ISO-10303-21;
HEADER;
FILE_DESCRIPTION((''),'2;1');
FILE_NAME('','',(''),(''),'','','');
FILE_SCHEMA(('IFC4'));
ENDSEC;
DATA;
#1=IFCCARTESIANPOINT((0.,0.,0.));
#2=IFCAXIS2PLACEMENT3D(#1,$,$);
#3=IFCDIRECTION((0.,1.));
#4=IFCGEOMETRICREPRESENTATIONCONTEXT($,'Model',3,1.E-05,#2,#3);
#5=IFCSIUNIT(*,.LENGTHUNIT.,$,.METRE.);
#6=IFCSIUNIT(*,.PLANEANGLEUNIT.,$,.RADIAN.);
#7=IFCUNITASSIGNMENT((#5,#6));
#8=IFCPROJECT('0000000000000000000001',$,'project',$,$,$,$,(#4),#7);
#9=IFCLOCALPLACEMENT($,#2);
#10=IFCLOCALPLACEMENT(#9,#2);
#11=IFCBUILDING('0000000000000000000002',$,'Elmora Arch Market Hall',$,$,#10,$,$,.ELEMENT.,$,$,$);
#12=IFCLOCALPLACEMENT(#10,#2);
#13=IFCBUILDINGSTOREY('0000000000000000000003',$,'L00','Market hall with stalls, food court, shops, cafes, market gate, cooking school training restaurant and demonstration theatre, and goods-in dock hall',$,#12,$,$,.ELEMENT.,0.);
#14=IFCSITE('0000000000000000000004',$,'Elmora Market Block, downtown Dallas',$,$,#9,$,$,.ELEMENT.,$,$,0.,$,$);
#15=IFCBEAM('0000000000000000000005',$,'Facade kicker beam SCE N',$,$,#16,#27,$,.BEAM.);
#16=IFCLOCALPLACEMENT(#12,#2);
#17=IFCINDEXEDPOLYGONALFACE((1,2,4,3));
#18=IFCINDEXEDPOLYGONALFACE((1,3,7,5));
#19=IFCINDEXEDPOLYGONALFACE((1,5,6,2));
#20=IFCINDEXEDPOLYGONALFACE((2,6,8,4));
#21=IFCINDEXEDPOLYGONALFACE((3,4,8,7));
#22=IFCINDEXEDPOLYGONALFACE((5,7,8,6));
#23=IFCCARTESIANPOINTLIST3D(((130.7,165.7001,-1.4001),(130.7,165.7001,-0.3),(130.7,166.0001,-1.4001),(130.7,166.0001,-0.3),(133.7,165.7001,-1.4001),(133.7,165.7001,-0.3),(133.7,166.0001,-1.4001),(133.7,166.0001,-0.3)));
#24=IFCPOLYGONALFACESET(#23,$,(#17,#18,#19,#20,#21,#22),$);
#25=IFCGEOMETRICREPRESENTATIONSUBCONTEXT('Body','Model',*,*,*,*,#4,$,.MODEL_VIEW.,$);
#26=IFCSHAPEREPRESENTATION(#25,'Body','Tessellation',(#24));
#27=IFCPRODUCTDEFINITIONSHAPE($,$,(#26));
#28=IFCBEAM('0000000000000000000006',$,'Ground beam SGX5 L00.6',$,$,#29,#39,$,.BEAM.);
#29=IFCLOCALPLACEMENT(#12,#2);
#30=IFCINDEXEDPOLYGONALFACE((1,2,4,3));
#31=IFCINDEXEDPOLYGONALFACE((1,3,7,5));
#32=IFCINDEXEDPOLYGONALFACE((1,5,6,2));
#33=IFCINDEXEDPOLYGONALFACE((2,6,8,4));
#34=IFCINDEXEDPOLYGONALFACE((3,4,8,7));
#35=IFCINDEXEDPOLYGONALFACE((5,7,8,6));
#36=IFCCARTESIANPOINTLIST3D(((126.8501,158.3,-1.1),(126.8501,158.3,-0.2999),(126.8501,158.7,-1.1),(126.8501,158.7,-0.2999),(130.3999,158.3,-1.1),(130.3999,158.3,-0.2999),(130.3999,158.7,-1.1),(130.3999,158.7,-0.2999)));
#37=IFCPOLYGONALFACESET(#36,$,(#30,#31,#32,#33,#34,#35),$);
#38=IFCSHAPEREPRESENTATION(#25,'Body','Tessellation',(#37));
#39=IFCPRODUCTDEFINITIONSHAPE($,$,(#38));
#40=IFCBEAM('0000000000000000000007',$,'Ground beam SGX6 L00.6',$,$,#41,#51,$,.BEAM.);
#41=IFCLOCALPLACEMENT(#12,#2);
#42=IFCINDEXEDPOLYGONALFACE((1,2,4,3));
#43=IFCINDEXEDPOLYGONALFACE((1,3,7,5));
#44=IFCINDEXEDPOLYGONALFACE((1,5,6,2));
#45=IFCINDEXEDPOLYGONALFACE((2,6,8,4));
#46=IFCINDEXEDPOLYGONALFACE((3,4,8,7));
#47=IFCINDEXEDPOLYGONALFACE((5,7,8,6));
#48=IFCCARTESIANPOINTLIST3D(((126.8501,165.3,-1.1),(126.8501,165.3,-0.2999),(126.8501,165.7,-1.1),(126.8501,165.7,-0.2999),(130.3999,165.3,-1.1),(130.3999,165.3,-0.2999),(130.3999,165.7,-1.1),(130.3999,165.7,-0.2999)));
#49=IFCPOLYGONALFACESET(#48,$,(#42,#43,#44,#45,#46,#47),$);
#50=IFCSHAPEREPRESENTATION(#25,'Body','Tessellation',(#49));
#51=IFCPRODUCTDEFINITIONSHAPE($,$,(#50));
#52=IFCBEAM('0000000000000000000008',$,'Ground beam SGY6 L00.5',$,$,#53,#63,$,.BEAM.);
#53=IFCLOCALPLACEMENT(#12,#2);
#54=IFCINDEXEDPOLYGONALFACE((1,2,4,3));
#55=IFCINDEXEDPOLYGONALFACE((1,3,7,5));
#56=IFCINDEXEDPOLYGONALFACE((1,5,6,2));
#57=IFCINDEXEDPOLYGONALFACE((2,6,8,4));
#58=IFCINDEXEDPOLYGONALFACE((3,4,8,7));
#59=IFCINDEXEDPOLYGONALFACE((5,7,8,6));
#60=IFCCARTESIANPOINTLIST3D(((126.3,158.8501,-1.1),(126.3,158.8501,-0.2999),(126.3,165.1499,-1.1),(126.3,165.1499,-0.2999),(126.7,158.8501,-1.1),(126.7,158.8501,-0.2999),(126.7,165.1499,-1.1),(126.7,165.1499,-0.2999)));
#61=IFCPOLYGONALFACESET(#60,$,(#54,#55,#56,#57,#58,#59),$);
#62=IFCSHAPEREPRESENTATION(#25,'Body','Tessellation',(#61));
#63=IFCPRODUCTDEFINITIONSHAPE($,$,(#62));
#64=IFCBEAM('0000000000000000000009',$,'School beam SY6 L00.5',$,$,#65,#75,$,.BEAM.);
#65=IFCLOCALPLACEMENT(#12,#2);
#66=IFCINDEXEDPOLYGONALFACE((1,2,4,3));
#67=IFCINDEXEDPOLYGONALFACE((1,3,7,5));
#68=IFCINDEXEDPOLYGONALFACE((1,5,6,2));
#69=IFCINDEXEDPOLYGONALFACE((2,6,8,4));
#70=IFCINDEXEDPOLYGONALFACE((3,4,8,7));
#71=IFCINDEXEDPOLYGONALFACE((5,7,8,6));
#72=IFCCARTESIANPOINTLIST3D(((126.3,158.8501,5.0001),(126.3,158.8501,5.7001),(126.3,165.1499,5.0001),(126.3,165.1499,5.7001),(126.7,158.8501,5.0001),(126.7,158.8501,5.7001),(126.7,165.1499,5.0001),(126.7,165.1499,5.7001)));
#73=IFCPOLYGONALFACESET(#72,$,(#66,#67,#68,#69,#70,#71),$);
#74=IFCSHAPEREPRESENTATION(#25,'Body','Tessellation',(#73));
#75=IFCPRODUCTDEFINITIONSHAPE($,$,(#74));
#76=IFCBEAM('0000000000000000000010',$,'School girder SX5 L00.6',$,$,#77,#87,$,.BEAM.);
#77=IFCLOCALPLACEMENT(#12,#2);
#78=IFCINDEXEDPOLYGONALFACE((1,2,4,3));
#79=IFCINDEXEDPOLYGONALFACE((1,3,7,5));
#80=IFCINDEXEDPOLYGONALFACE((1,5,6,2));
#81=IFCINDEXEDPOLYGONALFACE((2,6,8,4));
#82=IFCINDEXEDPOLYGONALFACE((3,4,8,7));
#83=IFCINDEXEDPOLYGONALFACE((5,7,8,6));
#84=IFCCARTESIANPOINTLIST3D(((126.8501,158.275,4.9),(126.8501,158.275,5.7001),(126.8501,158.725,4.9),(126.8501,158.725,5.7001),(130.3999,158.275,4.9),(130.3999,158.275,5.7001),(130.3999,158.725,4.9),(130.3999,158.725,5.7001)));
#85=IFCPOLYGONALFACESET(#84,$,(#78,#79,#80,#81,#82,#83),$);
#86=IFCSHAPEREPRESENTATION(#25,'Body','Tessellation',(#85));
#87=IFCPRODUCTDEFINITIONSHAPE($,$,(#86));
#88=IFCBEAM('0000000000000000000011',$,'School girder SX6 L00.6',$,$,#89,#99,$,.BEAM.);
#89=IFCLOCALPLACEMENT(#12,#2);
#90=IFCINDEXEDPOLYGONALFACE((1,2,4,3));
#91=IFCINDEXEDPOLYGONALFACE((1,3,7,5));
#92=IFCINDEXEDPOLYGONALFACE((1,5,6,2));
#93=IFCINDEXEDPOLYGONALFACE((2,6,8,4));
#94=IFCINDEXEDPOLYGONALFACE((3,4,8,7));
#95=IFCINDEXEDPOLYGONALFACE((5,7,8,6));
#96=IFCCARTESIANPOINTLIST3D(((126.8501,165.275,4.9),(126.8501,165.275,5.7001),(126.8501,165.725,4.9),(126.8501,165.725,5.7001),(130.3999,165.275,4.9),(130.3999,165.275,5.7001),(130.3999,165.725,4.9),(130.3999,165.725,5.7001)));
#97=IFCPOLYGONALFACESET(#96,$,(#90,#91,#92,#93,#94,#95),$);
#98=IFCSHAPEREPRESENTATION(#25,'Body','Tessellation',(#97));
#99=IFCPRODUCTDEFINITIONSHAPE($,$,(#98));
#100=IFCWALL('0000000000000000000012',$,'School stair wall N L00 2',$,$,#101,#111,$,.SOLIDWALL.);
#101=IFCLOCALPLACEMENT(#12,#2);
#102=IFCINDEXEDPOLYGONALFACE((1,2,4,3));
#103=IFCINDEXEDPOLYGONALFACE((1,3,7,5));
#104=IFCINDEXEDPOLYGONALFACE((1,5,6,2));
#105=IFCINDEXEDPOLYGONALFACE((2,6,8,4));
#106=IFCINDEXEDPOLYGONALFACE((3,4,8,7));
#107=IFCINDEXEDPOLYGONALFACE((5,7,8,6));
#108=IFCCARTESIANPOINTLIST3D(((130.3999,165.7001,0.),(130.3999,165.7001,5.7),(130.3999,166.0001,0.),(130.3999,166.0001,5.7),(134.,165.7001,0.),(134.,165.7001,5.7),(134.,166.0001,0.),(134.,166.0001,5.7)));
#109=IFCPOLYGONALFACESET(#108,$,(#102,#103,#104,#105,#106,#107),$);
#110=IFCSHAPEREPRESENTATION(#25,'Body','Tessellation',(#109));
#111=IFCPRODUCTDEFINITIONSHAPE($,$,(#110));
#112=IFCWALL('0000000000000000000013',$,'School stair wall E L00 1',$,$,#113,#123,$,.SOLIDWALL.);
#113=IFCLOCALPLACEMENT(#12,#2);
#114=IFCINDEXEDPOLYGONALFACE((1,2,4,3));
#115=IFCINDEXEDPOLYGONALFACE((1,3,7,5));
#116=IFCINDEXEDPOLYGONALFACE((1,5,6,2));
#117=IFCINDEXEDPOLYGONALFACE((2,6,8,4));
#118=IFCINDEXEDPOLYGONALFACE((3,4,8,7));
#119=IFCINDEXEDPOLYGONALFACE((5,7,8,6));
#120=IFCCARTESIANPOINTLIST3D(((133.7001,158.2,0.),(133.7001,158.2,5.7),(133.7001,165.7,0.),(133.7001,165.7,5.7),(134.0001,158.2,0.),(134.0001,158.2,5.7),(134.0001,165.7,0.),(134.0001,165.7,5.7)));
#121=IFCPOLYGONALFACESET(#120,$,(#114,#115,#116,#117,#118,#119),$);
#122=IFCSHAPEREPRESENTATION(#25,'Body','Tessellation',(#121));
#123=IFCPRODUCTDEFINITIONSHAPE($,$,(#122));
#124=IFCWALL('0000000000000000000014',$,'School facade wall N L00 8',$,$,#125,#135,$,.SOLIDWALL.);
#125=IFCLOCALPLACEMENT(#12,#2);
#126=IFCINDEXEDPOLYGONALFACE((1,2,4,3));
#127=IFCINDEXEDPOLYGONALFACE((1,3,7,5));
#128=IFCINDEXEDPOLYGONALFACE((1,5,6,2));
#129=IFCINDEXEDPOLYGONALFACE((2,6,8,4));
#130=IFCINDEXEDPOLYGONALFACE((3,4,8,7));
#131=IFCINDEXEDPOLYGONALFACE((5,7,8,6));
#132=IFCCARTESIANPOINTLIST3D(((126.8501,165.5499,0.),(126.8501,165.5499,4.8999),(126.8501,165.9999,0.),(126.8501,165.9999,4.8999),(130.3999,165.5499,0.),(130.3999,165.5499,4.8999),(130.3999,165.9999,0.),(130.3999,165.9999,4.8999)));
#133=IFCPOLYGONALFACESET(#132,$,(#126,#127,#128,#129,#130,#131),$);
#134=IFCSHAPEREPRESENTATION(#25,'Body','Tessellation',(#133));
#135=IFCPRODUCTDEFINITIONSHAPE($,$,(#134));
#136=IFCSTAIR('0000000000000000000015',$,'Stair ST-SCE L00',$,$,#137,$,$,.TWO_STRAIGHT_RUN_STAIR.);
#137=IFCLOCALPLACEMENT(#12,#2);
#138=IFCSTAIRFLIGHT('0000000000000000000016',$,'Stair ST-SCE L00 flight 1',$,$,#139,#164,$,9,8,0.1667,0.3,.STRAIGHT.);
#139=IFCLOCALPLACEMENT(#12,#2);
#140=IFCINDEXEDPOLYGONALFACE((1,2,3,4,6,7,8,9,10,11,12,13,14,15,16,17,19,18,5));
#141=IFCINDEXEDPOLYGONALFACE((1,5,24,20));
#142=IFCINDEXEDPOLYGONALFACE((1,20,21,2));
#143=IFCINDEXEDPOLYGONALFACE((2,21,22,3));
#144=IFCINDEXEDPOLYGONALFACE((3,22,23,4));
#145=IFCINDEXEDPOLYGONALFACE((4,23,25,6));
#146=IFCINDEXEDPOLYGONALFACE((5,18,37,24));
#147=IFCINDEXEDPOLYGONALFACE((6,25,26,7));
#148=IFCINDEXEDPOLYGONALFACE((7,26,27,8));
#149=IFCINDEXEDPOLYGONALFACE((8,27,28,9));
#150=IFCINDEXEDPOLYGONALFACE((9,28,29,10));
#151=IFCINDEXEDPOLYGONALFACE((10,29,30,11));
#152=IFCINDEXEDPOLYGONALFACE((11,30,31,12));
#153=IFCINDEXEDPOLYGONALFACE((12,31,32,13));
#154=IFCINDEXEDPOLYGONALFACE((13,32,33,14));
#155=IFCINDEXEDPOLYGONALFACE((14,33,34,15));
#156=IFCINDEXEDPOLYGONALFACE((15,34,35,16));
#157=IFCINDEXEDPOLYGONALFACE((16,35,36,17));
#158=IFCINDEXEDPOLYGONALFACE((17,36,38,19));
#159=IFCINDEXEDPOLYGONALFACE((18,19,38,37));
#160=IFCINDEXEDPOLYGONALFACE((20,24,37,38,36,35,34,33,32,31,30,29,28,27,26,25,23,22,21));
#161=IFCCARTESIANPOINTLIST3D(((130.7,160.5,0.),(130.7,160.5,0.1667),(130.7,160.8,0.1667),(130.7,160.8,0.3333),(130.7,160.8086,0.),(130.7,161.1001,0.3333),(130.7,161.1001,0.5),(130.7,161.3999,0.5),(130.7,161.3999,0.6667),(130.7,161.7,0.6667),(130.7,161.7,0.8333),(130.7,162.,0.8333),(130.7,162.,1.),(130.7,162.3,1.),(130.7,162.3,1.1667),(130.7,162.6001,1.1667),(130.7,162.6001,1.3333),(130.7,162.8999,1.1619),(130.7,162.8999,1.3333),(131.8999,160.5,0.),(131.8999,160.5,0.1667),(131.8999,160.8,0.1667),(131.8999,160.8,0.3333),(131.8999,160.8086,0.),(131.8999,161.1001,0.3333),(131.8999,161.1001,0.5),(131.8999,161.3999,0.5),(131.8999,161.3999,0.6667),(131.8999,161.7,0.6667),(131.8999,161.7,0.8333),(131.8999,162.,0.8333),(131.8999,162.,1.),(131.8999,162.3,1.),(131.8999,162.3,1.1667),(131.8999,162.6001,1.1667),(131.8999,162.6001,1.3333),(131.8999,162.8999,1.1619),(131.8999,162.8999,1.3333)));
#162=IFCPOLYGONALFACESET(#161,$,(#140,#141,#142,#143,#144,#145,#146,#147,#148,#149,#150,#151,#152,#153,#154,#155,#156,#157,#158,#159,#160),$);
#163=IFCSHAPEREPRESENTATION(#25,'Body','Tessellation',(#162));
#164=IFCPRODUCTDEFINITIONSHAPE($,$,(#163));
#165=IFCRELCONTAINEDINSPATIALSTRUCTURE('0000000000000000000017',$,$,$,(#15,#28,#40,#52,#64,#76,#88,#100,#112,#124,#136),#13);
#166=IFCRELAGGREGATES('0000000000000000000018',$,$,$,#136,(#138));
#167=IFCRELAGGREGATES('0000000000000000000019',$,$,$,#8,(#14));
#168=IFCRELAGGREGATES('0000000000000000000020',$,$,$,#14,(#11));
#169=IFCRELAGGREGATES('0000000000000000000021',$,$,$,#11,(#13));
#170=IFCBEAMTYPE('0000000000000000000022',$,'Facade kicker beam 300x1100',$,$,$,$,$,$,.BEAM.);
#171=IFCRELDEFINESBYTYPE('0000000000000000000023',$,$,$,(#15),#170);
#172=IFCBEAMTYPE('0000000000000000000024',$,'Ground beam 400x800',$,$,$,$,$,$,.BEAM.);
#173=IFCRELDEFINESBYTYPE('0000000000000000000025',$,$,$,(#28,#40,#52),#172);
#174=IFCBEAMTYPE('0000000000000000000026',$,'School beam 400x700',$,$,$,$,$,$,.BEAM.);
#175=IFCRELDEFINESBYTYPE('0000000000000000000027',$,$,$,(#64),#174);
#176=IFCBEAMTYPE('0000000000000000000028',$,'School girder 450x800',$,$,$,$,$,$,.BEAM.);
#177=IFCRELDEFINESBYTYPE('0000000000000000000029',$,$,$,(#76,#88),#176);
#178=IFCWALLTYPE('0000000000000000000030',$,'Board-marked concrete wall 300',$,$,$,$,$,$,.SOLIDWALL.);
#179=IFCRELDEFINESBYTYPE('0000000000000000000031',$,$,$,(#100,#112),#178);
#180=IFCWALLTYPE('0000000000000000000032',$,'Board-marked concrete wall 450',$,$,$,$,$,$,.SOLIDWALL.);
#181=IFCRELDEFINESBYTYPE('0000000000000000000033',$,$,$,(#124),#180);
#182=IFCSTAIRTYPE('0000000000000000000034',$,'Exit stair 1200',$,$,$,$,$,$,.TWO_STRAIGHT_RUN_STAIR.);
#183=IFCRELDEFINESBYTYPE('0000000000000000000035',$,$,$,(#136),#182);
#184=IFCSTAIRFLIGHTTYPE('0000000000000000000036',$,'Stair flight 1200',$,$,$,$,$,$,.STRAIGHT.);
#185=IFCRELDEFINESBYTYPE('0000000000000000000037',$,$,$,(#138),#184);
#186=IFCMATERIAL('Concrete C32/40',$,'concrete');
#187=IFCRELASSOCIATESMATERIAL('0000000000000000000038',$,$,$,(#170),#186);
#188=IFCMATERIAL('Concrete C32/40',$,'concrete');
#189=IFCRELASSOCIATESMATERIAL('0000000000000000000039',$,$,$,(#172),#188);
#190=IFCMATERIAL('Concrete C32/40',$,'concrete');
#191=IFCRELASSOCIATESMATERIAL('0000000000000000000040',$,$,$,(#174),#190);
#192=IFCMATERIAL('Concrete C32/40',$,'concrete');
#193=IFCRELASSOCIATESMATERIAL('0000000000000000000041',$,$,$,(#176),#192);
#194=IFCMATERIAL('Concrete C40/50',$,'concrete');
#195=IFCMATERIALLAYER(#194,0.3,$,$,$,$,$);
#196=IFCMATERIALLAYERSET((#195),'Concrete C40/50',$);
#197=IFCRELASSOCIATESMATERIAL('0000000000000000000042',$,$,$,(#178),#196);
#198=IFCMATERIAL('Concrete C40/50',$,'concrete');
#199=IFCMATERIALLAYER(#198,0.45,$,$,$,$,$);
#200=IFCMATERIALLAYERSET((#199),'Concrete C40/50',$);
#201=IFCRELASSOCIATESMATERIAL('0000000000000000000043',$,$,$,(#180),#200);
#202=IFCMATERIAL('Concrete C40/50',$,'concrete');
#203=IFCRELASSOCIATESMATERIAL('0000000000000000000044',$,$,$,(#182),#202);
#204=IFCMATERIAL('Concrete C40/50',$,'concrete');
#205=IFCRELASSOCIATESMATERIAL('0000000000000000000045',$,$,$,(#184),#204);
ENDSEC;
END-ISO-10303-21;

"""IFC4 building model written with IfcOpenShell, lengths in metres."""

from ifc_helpers import new_model, si_unit, direction, frame, frame_2d, origin, origin_2d, place, context, subcontext, project, spatial, polyline, rectangle, outline, extrude, material, layer, layer_set, material_profile, profile_set, type_object, element, aggregate, save


model = new_model("IFC4")

# Units and contexts
model_context = context("Model", 3, precision=1e-05, world=origin(), true_north=direction((0.0, 1.0)))
body_context = subcontext(model_context, "Body", "Model", "MODEL_VIEW")
ifc_project = project(units=[si_unit("LENGTHUNIT", "METRE"), si_unit("PLANEANGLEUNIT", "RADIAN")], contexts=[model_context])

# Site, building, storey
site_placement = place(None, origin())
site = spatial("IfcSite", under=ifc_project, at=site_placement, Name="Elmora Market Block, downtown Dallas", CompositionType="ELEMENT", RefElevation=0.0)
building_placement = place(site_placement, origin())
building = spatial("IfcBuilding", under=site, at=building_placement, Name="Elmora Arch Market Hall", CompositionType="ELEMENT")
storey_placement = place(building_placement, origin())
storey = spatial("IfcBuildingStorey", under=building, at=storey_placement, Name="L00", Description="Market hall with stalls, food court, shops, cafes, market gate, cooking school training restaurant and demonstration theatre, and goods-in dock hall", CompositionType="ELEMENT", Elevation=0.0)

# Beams
ifc_material_1 = material(Name="Concrete C32/40", Category="concrete")
ifc_material_profile_1 = material_profile(ifc_material_1, rectangle(XDim=0.3, YDim=1.1001, at=origin_2d()), Name="Facade kicker beam 300x1100")
ifc_profile_set_1 = profile_set([ifc_material_profile_1], Name="Concrete C32/40")
beam_type_1 = type_object("IfcBeamType", Name="Facade kicker beam 300x1100", PredefinedType="BEAM", material=ifc_profile_set_1)
beam_1_placement = place(storey_placement, frame((130.7, 165.8501, -0.8501), z_axis=(1.0, 0.0, 0.0), x_axis=(0.0, 1.0, 0.0)))
element("IfcBeam", 1, at=beam_1_placement, inside=storey, type_object=beam_type_1, Name="Facade kicker beam SCE N", PredefinedType="BEAM", context=body_context, shape_type="SweptSolid", body=[
    extrude(rectangle(XDim=0.3, YDim=1.1001, at=origin_2d()), origin(), (0.0, 0.0, 1.0), 3.0),
])
ifc_material_2 = material(Name="Concrete C32/40", Category="concrete")
ifc_material_profile_2 = material_profile(ifc_material_2, rectangle(XDim=0.3999, YDim=0.8, at=origin_2d()), Name="Ground beam 400x800")
ifc_profile_set_2 = profile_set([ifc_material_profile_2], Name="Concrete C32/40")
beam_type_2 = type_object("IfcBeamType", Name="Ground beam 400x800", PredefinedType="BEAM", material=ifc_profile_set_2)
for number, where, z_axis, x_axis, name in (
    (2, (126.8501, 158.5, -0.7), (1.0, 0.0, 0.0), (0.0, 1.0, 0.0), "Ground beam SGX5 L00.6"),
    (3, (126.8501, 165.5, -0.7), (1.0, 0.0, 0.0), (0.0, 1.0, 0.0), "Ground beam SGX6 L00.6"),
):
    element("IfcBeam", number, at=place(storey_placement, frame(where, z_axis=z_axis, x_axis=x_axis)), inside=storey, type_object=beam_type_2, Name=name, PredefinedType="BEAM", context=body_context, shape_type="SweptSolid", body=[
        extrude(rectangle(XDim=0.3999, YDim=0.8, at=origin_2d()), origin(), (0.0, 0.0, 1.0), 3.5498),
    ])
beam_2_placement = place(storey_placement, frame((126.5, 158.8501, -0.7), z_axis=(0.0, 1.0, 0.0), x_axis=(-1.0, 0.0, 0.0)))
element("IfcBeam", 4, at=beam_2_placement, inside=storey, type_object=beam_type_2, Name="Ground beam SGY6 L00.5", PredefinedType="BEAM", context=body_context, shape_type="SweptSolid", body=[
    extrude(rectangle(XDim=0.3999, YDim=0.8, at=origin_2d()), origin(), (0.0, 0.0, 1.0), 6.2998),
])
ifc_material_3 = material(Name="Concrete C32/40", Category="concrete")
ifc_material_profile_3 = material_profile(ifc_material_3, rectangle(XDim=0.3999, YDim=0.7, at=origin_2d()), Name="School beam 400x700")
ifc_profile_set_3 = profile_set([ifc_material_profile_3], Name="Concrete C32/40")
beam_type_3 = type_object("IfcBeamType", Name="School beam 400x700", PredefinedType="BEAM", material=ifc_profile_set_3)
beam_3_placement = place(storey_placement, frame((126.5, 158.8501, 5.3501), z_axis=(0.0, 1.0, 0.0), x_axis=(-1.0, 0.0, 0.0)))
element("IfcBeam", 5, at=beam_3_placement, inside=storey, type_object=beam_type_3, Name="School beam SY6 L00.5", PredefinedType="BEAM", context=body_context, shape_type="SweptSolid", body=[
    extrude(rectangle(XDim=0.3999, YDim=0.7, at=origin_2d()), origin(), (0.0, 0.0, 1.0), 6.2998),
])
ifc_material_4 = material(Name="Concrete C32/40", Category="concrete")
ifc_material_profile_4 = material_profile(ifc_material_4, rectangle(XDim=0.45, YDim=0.8, at=origin_2d()), Name="School girder 450x800")
ifc_profile_set_4 = profile_set([ifc_material_profile_4], Name="Concrete C32/40")
beam_type_4 = type_object("IfcBeamType", Name="School girder 450x800", PredefinedType="BEAM", material=ifc_profile_set_4)
for number, where, z_axis, x_axis, name in (
    (6, (126.8501, 158.5, 5.3), (1.0, 0.0, 0.0), (0.0, 1.0, 0.0), "School girder SX5 L00.6"),
    (7, (126.8501, 165.5, 5.3), (1.0, 0.0, 0.0), (0.0, 1.0, 0.0), "School girder SX6 L00.6"),
):
    element("IfcBeam", number, at=place(storey_placement, frame(where, z_axis=z_axis, x_axis=x_axis)), inside=storey, type_object=beam_type_4, Name=name, PredefinedType="BEAM", context=body_context, shape_type="SweptSolid", body=[
        extrude(rectangle(XDim=0.45, YDim=0.8, at=origin_2d()), origin(), (0.0, 0.0, 1.0), 3.5498),
    ])

# Walls
ifc_material_5 = material(Name="Concrete C40/50", Category="concrete")
ifc_layer_1 = layer(ifc_material_5, 0.3)
ifc_layer_set_1 = layer_set([ifc_layer_1], Name="Concrete C40/50")
wall_type_1 = type_object("IfcWallType", Name="Board-marked concrete wall 300", PredefinedType="SOLIDWALL", material=ifc_layer_set_1)
wall_1_placement = place(storey_placement, frame((130.3999, 165.8501, 0.0), z_axis=(0.0, 0.0, 1.0), x_axis=(1.0, 0.0, 0.0)))
element("IfcWall", 8, at=wall_1_placement, inside=storey, type_object=wall_type_1, Name="School stair wall N L00 2", PredefinedType="SOLIDWALL", context=body_context, shape_type="SweptSolid", body=[
    extrude(rectangle(XDim=3.6001, YDim=0.3, at=frame_2d((1.8, 0.0))), origin(), (0.0, 0.0, 1.0), 5.7),
])
wall_2_placement = place(storey_placement, frame((133.8501, 165.7, 0.0), z_axis=(0.0, 0.0, 1.0), x_axis=(0.0, -1.0, 0.0)))
element("IfcWall", 9, at=wall_2_placement, inside=storey, type_object=wall_type_1, Name="School stair wall E L00 1", PredefinedType="SOLIDWALL", context=body_context, shape_type="SweptSolid", body=[
    extrude(rectangle(XDim=7.5, YDim=0.3, at=frame_2d((3.75, 0.0))), origin(), (0.0, 0.0, 1.0), 5.7),
])
ifc_material_6 = material(Name="Concrete C40/50", Category="concrete")
ifc_layer_2 = layer(ifc_material_6, 0.45)
ifc_layer_set_2 = layer_set([ifc_layer_2], Name="Concrete C40/50")
wall_type_2 = type_object("IfcWallType", Name="Board-marked concrete wall 450", PredefinedType="SOLIDWALL", material=ifc_layer_set_2)
wall_3_placement = place(storey_placement, frame((126.8501, 165.7749, 0.0), z_axis=(0.0, 0.0, 1.0), x_axis=(1.0, 0.0, 0.0)))
element("IfcWall", 10, at=wall_3_placement, inside=storey, type_object=wall_type_2, Name="School facade wall N L00 8", PredefinedType="SOLIDWALL", context=body_context, shape_type="SweptSolid", body=[
    extrude(rectangle(XDim=3.5498, YDim=0.45, at=frame_2d((1.7749, 0.0))), origin(), (0.0, 0.0, 1.0), 4.8999),
])

# Stair, stair flight
ifc_material_7 = material(Name="Concrete C40/50", Category="concrete")
stair_type = type_object("IfcStairType", Name="Exit stair 1200", PredefinedType="TWO_STRAIGHT_RUN_STAIR", material=ifc_material_7)
stair_placement = place(storey_placement, origin())
stair = element("IfcStair", 11, at=stair_placement, inside=storey, type_object=stair_type, Name="Stair ST-SCE L00", PredefinedType="TWO_STRAIGHT_RUN_STAIR")
ifc_material_8 = material(Name="Concrete C40/50", Category="concrete")
stair_flight_type = type_object("IfcStairFlightType", Name="Stair flight 1200", PredefinedType="STRAIGHT", material=ifc_material_8)
stair_flight_1_placement = place(storey_placement, frame((131.3, 160.5, 0.0), z_axis=(0.0, 0.0, 1.0), x_axis=(0.0, 1.0, 0.0)))
stair_flight_1 = element("IfcStairFlight", 12, at=stair_flight_1_placement, type_object=stair_flight_type, Name="Stair ST-SCE L00 flight 1", NumberOfRisers=9, NumberOfTreads=8, PredefinedType="STRAIGHT", RiserHeight=0.1667, TreadLength=0.3, context=body_context, shape_type="SweptSolid", body=[
    extrude(outline(polyline([(0.0, 0.0), (0.0, 0.1667), (0.3, 0.1667), (0.3, 0.3333), (0.6001, 0.3333), (0.6001, 0.5), (0.8999, 0.5), (0.8999, 0.6667), (1.2, 0.6667), (1.2, 0.8333), (1.5, 0.8333), (1.5, 1.0), (1.8, 1.0), (1.8, 1.1667), (2.1001, 1.1667), (2.1001, 1.3333), (2.3999, 1.3333), (2.3999, 1.5), (2.3999, 1.1619), (0.3086, 0.0), (0.0, 0.0)])), frame((0.0, 0.6001, 0.0), z_axis=(0.0, -1.0, 0.0), x_axis=(1.0, 0.0, 0.0)), (0.0, 0.0, 1.0), 1.2),
])
aggregate(stair, [stair_flight_1])

save(model, "model.ifc")
